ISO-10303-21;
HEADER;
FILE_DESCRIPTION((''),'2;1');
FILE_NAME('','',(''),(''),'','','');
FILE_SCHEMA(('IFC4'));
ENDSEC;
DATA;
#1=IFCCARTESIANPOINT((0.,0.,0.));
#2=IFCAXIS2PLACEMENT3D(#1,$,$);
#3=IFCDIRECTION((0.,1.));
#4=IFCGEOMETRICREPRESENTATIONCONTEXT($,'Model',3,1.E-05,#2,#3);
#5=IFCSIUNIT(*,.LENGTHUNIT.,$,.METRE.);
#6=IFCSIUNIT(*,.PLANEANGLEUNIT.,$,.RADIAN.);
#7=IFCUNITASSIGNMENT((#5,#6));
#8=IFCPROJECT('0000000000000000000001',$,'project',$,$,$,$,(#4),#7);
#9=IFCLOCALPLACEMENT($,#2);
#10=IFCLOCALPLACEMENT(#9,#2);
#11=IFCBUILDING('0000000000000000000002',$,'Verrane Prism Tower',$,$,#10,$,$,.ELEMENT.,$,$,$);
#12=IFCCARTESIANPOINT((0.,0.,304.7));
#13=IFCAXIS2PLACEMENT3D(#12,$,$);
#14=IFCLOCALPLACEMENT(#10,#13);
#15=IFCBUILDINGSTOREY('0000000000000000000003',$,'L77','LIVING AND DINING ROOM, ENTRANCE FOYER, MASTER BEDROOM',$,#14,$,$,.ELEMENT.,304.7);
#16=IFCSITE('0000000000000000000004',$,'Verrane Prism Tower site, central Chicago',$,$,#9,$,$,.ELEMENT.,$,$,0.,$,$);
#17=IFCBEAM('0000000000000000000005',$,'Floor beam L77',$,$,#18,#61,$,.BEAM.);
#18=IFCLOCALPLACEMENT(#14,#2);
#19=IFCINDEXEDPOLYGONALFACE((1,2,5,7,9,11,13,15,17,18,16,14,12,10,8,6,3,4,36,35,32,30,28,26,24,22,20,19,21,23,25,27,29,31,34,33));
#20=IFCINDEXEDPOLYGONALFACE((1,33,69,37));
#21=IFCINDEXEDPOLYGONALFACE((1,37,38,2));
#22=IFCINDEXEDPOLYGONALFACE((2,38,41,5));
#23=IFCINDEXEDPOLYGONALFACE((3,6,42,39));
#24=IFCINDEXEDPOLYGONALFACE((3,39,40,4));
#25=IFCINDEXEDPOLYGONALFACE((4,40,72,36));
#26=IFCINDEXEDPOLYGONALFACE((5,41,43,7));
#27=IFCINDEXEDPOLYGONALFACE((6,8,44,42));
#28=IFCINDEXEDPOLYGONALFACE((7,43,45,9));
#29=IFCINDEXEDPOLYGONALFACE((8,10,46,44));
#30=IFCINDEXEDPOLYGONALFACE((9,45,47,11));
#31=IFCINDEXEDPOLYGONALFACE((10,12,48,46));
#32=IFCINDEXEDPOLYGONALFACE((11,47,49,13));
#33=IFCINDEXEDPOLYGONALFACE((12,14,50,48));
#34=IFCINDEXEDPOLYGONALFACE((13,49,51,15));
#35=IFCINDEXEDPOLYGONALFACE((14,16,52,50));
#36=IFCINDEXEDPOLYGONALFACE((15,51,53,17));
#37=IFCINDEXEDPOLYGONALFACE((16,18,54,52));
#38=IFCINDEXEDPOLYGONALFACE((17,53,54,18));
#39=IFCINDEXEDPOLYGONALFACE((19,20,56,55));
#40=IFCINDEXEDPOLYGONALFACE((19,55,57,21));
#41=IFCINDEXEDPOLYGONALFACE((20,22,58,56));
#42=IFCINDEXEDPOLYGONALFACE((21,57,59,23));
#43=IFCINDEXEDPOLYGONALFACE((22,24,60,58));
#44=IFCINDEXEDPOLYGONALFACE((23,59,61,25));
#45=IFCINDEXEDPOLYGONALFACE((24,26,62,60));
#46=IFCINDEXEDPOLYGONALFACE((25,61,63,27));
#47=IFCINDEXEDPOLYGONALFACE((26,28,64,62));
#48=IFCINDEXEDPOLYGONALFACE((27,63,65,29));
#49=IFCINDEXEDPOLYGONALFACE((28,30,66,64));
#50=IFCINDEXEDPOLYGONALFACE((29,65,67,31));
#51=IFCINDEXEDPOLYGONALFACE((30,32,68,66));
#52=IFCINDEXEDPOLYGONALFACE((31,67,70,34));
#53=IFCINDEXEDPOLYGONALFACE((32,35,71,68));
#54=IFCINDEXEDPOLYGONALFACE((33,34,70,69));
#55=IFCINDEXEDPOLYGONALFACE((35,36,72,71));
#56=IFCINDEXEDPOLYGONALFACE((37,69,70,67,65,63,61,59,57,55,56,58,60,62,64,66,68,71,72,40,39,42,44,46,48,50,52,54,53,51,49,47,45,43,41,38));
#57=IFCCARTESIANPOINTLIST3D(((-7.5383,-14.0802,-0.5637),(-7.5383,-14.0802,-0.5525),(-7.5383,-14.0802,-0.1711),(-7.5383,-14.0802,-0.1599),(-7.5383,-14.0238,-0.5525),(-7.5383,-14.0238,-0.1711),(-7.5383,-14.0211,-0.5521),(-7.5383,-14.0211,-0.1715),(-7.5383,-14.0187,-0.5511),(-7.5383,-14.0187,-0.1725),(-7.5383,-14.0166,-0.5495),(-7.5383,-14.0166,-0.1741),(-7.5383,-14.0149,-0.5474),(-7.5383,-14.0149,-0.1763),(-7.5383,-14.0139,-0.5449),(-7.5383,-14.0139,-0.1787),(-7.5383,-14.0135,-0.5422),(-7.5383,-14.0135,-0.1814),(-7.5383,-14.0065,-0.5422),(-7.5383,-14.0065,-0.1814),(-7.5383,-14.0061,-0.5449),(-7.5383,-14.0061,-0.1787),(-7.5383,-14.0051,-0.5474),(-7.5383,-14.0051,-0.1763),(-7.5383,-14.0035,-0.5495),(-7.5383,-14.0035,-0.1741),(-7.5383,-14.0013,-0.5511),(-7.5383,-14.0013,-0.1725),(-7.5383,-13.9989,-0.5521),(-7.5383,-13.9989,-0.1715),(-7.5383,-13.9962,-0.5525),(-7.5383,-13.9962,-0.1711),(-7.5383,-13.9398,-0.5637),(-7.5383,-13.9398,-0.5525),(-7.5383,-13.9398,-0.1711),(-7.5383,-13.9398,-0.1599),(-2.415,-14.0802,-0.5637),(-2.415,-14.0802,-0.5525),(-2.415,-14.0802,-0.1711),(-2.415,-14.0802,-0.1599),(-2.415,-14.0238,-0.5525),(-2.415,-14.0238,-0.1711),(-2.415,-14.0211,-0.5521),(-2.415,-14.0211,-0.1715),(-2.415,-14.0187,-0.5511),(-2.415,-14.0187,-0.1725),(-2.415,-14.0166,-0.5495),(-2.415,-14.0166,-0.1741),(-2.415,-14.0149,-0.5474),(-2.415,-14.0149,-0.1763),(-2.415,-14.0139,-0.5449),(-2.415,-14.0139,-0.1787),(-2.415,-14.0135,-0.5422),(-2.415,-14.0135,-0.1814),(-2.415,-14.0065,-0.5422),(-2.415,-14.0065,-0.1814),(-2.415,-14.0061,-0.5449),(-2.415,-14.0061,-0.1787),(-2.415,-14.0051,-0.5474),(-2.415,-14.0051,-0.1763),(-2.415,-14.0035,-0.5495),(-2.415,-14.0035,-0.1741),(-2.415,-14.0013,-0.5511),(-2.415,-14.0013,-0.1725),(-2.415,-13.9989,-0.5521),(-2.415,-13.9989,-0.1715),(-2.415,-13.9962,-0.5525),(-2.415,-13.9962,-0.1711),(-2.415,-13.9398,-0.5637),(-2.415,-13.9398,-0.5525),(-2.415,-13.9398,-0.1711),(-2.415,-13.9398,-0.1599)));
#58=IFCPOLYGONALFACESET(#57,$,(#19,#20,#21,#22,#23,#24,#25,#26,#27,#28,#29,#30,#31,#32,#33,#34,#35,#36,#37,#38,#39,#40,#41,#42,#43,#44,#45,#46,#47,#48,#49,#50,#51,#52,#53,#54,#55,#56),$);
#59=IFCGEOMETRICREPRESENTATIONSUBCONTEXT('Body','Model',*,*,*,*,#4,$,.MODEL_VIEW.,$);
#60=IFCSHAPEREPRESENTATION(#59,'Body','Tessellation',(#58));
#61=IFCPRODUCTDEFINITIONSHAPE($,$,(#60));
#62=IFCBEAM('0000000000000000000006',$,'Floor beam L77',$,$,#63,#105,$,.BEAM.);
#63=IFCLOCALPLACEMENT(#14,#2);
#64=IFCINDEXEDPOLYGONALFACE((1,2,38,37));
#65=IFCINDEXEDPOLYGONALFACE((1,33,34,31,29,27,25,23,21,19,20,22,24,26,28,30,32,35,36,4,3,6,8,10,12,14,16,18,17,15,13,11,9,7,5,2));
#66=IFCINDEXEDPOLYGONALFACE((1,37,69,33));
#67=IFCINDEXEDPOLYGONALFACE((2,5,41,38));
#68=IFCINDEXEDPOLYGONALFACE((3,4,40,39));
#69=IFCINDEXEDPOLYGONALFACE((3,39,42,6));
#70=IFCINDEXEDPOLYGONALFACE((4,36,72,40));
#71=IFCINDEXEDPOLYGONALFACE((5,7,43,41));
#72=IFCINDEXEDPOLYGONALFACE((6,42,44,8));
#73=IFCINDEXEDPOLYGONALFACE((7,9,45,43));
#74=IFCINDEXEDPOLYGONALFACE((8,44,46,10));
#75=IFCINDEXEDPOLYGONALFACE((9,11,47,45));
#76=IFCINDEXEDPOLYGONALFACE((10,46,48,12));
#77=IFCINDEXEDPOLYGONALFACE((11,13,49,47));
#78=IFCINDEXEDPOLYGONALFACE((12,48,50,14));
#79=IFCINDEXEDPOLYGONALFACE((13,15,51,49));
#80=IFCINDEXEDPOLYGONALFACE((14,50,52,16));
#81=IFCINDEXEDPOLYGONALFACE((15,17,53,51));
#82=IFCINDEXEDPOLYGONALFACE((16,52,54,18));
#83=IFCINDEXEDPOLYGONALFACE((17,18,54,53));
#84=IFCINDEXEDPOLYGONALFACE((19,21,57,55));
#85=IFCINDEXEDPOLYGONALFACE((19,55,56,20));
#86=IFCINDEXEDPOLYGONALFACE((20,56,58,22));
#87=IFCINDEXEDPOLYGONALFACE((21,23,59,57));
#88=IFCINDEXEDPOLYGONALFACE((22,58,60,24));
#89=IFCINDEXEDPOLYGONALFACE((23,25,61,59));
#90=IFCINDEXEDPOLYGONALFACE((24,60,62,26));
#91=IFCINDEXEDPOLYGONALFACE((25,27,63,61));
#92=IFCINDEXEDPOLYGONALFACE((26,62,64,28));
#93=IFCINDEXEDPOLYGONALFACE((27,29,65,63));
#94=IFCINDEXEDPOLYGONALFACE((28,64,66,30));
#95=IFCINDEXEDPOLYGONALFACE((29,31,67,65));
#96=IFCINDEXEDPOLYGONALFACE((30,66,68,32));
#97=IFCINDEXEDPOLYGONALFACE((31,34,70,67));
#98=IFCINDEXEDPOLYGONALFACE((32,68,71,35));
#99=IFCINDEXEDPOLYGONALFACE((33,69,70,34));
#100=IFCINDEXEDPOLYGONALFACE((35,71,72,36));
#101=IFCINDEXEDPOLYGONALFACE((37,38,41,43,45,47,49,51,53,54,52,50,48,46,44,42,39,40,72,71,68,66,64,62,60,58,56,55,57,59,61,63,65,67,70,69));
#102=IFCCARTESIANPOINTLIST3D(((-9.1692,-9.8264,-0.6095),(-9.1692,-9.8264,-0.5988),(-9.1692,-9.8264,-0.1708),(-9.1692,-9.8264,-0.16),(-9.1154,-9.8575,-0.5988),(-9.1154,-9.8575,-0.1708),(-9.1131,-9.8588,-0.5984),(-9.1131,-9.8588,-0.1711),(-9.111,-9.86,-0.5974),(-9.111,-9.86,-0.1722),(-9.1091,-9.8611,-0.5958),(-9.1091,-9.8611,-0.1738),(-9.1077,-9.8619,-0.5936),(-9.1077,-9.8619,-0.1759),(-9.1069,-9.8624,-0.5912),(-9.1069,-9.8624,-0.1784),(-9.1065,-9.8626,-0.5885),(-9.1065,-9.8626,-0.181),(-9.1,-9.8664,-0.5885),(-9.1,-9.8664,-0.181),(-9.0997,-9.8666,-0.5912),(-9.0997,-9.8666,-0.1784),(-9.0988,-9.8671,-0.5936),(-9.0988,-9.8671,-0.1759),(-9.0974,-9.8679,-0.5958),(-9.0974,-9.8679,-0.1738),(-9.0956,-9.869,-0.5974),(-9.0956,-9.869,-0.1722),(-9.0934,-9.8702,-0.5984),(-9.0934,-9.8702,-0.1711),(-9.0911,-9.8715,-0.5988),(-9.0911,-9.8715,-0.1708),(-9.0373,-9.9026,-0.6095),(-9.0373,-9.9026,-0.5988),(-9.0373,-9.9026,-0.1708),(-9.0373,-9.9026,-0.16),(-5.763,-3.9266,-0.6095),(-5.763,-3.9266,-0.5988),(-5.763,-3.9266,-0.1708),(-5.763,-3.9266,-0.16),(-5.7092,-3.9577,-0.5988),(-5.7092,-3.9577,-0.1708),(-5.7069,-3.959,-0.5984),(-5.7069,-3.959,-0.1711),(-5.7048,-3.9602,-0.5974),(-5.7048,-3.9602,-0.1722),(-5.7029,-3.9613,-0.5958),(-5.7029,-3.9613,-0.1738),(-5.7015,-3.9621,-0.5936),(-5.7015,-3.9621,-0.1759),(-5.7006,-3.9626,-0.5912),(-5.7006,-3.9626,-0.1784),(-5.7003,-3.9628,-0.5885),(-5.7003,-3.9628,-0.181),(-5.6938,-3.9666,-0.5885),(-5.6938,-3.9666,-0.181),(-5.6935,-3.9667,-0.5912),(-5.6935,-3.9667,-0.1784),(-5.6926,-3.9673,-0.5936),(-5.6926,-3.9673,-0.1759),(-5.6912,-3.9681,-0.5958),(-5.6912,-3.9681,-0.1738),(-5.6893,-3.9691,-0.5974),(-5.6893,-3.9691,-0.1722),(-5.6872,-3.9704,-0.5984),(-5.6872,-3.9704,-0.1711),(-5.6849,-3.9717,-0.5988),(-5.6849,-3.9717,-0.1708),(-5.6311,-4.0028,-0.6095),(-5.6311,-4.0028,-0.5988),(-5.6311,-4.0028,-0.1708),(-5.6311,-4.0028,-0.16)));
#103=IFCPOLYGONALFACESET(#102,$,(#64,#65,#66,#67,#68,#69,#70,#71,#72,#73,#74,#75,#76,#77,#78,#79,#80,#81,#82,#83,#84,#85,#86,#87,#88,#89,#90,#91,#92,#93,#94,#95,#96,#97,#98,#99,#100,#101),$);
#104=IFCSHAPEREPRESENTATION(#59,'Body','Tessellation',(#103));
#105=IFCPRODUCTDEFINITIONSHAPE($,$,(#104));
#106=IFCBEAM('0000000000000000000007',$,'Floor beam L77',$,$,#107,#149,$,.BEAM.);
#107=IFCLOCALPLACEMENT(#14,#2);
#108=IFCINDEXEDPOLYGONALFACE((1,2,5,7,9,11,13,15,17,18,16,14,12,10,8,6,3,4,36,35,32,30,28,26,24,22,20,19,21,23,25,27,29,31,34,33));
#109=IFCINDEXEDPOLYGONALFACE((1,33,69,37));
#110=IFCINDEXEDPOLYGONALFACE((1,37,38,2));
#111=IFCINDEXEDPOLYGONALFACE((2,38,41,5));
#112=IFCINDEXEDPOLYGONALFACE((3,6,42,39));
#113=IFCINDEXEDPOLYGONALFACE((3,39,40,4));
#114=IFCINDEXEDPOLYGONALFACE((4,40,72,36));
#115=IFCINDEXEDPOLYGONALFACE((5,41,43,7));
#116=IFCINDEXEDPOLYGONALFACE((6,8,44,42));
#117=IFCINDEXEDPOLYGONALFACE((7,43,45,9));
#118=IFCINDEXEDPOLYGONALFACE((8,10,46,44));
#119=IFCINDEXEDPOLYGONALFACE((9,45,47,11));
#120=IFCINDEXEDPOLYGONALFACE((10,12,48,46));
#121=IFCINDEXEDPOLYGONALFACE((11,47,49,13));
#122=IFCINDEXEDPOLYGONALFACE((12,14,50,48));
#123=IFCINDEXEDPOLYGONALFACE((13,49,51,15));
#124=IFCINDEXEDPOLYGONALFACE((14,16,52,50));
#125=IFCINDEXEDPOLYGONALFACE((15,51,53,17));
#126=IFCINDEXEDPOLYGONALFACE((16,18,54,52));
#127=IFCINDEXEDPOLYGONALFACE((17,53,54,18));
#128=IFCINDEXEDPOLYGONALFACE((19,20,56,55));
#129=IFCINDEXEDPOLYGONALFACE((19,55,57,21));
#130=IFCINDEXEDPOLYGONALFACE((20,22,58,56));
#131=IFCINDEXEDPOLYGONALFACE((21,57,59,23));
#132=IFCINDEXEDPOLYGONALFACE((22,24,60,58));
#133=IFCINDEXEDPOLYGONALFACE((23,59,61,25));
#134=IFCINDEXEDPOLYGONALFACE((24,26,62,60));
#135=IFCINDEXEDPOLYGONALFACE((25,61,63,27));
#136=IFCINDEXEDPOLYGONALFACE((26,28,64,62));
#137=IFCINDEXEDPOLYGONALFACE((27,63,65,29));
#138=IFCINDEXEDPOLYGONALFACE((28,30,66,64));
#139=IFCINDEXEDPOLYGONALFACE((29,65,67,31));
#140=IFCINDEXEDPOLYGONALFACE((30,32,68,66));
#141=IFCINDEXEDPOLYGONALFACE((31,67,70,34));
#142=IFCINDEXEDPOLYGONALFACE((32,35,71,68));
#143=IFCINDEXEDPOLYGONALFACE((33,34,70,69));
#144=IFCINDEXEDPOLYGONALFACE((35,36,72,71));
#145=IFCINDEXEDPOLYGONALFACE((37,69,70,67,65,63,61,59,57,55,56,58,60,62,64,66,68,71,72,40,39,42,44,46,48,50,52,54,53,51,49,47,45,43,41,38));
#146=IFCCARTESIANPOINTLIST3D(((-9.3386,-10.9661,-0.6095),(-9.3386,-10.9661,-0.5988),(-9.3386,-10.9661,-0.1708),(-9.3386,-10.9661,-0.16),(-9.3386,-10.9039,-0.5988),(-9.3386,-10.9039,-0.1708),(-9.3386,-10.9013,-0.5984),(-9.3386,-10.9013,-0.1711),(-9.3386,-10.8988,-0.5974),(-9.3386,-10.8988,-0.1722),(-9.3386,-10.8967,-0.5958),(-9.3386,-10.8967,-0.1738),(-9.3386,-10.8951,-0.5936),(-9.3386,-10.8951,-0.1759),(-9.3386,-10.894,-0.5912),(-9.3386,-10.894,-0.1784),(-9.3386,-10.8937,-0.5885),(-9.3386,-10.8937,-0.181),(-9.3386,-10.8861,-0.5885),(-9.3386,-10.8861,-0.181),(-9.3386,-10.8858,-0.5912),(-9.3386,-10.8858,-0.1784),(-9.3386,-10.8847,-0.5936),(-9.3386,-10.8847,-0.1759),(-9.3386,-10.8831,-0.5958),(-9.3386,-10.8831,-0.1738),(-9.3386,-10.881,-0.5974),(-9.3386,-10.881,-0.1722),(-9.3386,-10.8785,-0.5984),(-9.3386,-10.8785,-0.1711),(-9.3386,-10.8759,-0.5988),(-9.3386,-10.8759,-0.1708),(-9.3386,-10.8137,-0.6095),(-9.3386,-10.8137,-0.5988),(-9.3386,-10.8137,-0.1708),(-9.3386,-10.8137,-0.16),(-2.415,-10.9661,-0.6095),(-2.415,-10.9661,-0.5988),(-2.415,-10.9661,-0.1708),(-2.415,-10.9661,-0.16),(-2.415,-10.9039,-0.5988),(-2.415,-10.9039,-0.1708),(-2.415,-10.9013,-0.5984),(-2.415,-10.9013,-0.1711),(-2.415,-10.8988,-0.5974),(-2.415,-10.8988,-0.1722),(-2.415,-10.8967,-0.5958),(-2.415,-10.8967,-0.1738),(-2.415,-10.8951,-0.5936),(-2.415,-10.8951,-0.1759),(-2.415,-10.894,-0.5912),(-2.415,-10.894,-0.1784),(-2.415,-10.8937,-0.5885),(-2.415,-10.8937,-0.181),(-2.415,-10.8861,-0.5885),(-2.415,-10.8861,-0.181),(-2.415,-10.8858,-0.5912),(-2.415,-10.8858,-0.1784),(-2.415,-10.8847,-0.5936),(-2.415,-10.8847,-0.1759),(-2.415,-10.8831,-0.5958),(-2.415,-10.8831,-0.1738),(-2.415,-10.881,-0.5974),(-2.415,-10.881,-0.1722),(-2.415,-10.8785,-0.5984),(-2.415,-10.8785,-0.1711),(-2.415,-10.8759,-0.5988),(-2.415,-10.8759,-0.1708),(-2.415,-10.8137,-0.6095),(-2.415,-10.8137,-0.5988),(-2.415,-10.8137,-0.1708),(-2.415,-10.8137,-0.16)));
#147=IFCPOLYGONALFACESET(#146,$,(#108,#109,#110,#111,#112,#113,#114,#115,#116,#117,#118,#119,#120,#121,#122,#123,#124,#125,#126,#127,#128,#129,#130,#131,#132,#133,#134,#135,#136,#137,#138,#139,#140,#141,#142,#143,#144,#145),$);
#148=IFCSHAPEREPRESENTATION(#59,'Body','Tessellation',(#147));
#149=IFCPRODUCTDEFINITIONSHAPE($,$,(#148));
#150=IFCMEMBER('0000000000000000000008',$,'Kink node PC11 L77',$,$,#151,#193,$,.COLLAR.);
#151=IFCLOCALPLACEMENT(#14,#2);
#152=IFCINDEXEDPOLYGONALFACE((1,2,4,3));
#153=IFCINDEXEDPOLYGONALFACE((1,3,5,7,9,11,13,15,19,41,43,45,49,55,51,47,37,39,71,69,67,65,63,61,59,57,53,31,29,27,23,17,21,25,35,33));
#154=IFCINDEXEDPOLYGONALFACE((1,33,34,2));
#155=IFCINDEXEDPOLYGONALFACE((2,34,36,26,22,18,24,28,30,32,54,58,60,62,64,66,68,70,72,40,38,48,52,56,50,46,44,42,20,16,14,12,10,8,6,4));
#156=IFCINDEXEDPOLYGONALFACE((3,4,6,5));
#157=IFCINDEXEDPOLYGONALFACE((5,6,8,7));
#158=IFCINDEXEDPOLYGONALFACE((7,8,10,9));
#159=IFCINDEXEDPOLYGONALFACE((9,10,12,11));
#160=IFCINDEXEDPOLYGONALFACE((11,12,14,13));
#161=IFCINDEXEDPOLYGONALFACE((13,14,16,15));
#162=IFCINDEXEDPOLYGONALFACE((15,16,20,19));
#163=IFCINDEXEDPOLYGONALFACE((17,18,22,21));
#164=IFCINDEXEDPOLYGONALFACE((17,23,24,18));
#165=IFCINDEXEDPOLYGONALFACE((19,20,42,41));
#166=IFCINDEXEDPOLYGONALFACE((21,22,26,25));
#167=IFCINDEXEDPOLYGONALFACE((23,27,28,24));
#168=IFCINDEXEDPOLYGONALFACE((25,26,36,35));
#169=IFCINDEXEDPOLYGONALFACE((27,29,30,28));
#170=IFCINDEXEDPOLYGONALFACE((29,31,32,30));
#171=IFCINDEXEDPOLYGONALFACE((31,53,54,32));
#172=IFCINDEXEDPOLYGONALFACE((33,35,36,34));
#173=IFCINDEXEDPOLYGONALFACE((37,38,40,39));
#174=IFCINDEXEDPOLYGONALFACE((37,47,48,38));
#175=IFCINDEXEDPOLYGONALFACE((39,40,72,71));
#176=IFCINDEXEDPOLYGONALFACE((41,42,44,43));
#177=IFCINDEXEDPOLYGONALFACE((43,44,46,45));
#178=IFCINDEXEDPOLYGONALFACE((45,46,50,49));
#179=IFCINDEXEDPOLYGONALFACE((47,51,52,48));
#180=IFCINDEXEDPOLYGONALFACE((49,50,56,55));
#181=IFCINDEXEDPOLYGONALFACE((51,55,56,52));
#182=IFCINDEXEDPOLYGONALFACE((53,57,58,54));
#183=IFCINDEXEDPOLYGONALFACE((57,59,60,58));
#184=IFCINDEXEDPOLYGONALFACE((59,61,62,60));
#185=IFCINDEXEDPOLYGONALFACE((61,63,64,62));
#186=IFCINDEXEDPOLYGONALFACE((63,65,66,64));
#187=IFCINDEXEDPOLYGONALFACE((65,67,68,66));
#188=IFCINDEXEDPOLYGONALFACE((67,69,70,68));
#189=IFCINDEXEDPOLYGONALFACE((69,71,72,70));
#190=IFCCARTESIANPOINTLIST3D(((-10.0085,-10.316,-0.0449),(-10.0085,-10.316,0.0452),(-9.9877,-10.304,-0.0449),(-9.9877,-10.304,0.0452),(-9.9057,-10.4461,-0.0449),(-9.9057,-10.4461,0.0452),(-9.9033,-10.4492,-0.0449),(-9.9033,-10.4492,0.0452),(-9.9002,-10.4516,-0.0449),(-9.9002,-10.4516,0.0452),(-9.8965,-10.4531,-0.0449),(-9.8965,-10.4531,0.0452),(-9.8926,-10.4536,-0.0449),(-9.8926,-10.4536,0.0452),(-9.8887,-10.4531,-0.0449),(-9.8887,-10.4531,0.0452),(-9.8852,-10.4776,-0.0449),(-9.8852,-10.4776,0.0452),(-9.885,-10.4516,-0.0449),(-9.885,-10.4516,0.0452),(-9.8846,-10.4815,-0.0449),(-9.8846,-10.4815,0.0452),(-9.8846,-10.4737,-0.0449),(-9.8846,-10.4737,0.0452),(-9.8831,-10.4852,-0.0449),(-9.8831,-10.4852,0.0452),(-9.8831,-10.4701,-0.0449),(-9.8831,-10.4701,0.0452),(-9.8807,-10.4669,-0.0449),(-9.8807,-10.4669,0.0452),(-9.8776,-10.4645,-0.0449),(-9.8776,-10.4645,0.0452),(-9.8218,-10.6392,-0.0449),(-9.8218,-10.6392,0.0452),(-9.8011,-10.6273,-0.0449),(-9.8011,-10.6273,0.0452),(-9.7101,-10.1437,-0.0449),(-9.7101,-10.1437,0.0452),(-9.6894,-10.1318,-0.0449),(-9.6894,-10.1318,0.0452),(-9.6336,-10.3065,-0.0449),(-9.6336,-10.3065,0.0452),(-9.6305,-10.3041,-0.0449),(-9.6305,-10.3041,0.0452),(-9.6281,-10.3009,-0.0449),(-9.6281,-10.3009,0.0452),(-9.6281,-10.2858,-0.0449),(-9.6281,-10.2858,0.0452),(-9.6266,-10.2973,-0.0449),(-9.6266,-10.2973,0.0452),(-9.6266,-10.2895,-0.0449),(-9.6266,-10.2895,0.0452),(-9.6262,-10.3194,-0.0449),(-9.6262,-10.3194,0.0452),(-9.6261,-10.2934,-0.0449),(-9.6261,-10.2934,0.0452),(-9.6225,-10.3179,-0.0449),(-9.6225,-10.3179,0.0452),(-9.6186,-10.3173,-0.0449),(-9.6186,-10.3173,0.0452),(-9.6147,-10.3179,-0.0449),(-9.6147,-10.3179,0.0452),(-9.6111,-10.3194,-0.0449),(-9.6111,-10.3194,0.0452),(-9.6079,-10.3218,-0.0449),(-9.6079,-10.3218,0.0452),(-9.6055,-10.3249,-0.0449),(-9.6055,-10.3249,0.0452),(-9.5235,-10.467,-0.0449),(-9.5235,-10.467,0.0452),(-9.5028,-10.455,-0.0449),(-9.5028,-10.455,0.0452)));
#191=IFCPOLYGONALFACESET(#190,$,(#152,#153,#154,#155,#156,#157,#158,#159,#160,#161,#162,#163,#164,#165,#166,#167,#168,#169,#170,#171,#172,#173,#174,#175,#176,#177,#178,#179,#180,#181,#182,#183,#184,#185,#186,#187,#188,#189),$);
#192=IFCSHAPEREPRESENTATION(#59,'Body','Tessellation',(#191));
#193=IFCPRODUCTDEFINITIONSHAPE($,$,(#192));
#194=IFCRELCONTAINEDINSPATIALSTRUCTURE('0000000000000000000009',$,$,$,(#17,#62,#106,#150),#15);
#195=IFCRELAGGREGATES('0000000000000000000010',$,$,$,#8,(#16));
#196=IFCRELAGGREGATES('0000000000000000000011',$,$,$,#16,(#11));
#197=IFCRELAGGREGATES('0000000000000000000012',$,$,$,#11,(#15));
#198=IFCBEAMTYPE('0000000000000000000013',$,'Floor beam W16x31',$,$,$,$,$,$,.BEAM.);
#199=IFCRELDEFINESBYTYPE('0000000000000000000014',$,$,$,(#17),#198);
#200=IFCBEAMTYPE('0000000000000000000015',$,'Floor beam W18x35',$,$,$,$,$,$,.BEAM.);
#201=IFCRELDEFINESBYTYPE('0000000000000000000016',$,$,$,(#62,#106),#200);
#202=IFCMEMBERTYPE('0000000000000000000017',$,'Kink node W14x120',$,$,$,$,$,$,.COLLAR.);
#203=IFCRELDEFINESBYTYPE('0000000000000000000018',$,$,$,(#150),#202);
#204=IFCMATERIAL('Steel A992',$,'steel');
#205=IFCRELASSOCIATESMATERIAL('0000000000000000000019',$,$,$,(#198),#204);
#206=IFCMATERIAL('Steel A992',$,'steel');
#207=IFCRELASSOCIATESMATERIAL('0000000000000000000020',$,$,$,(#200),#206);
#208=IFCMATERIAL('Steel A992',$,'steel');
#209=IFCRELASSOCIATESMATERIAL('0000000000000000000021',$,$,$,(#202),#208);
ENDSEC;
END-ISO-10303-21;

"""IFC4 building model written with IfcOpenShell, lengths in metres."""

from ifc_helpers import new_model, si_unit, direction, frame, origin, origin_2d, place, context, subcontext, project, spatial, i_section, extrude, material, material_profile, profile_set, type_object, element, save


model = new_model("IFC4")

# Units and contexts
model_context = context("Model", 3, precision=1e-05, world=origin(), true_north=direction((0.0, 1.0)))
body_context = subcontext(model_context, "Body", "Model", "MODEL_VIEW")
ifc_project = project(units=[si_unit("LENGTHUNIT", "METRE"), si_unit("PLANEANGLEUNIT", "RADIAN")], contexts=[model_context])

# Site, building, storey
site_placement = place(None, origin())
site = spatial("IfcSite", under=ifc_project, at=site_placement, Name="Verrane Prism Tower site, central Chicago", CompositionType="ELEMENT", RefElevation=0.0)
building_placement = place(site_placement, origin())
building = spatial("IfcBuilding", under=site, at=building_placement, Name="Verrane Prism Tower", CompositionType="ELEMENT")
storey_placement = place(building_placement, frame((0.0, 0.0, 304.7)))
storey = spatial("IfcBuildingStorey", under=building, at=storey_placement, Name="L77", Description="LIVING AND DINING ROOM, ENTRANCE FOYER, MASTER BEDROOM", CompositionType="ELEMENT", Elevation=304.7)

# Beams
ifc_material_1 = material(Name="Steel A992", Category="steel")
ifc_material_profile_1 = material_profile(ifc_material_1, i_section(OverallWidth=0.1404, OverallDepth=0.4038, WebThickness=0.0071, FlangeThickness=0.0112, FilletRadius=0.0103, at=origin_2d()), Name="W16x31")
ifc_profile_set_1 = profile_set([ifc_material_profile_1], Name="Steel A992")
beam_type_1 = type_object("IfcBeamType", Name="Floor beam W16x31", PredefinedType="BEAM", material=ifc_profile_set_1)
beam_1_placement = place(storey_placement, frame((-7.5383, -14.01, -0.3618), z_axis=(1.0, 0.0, 0.0), x_axis=(0.0, 1.0, 0.0)))
element("IfcBeam", 1, at=beam_1_placement, inside=storey, type_object=beam_type_1, Name="Floor beam L77", PredefinedType="BEAM", context=body_context, shape_type="SweptSolid", body=[
    extrude(i_section(OverallWidth=0.1404, OverallDepth=0.4038, WebThickness=0.0071, FlangeThickness=0.0112, FilletRadius=0.0103, at=origin_2d()), origin(), (0.0, 0.0, 1.0), 5.1233),
])
ifc_material_2 = material(Name="Steel A992", Category="steel")
ifc_material_profile_2 = material_profile(ifc_material_2, i_section(OverallWidth=0.1523, OverallDepth=0.4495, WebThickness=0.0076, FlangeThickness=0.0107, FilletRadius=0.0103, at=origin_2d()), Name="W18x35")
ifc_profile_set_2 = profile_set([ifc_material_profile_2], Name="Steel A992")
beam_type_2 = type_object("IfcBeamType", Name="Floor beam W18x35", PredefinedType="BEAM", material=ifc_profile_set_2)
beam_2_placement = place(storey_placement, frame((-9.1033, -9.8645, -0.3848), z_axis=(0.499993, 0.866029, 0.0), x_axis=(-0.866029, 0.499993, 0.0)))
element("IfcBeam", 2, at=beam_2_placement, inside=storey, type_object=beam_type_2, Name="Floor beam L77", PredefinedType="BEAM", context=body_context, shape_type="SweptSolid", body=[
    extrude(i_section(OverallWidth=0.1523, OverallDepth=0.4495, WebThickness=0.0076, FlangeThickness=0.0107, FilletRadius=0.0103, at=origin_2d()), origin(), (0.0, 0.0, 1.0), 6.8125),
])
beam_3_placement = place(storey_placement, frame((-9.3386, -10.8899, -0.3848), z_axis=(1.0, 0.0, 0.0), x_axis=(0.0, 1.0, 0.0)))
element("IfcBeam", 3, at=beam_3_placement, inside=storey, type_object=beam_type_2, Name="Floor beam L77", PredefinedType="BEAM", context=body_context, shape_type="SweptSolid", body=[
    extrude(i_section(OverallWidth=0.1523, OverallDepth=0.4495, WebThickness=0.0076, FlangeThickness=0.0107, FilletRadius=0.0103, at=origin_2d()), origin(), (0.0, 0.0, 1.0), 6.9236),
])

# Member
ifc_material_3 = material(Name="Steel A992", Category="steel")
ifc_material_profile_3 = material_profile(ifc_material_3, i_section(OverallWidth=0.3733, OverallDepth=0.3684, WebThickness=0.0149, FlangeThickness=0.0239, FilletRadius=0.0151, at=origin_2d()), Name="W14x120")
ifc_profile_set_3 = profile_set([ifc_material_profile_3], Name="Steel A992")
member_type_1 = type_object("IfcMemberType", Name="Kink node W14x120", PredefinedType="COLLAR", material=ifc_profile_set_3)
member_1_placement = place(storey_placement, frame((-9.7556, -10.3855, -0.0449), z_axis=(0.0, 0.0, 1.0), x_axis=(-0.5, 0.866025, 0.0)))
element("IfcMember", 4, at=member_1_placement, inside=storey, type_object=member_type_1, Name="Kink node PC11 L77", PredefinedType="COLLAR", context=body_context, shape_type="SweptSolid", body=[
    extrude(i_section(OverallWidth=0.3733, OverallDepth=0.3684, WebThickness=0.0149, FlangeThickness=0.0239, FilletRadius=0.0151, at=origin_2d()), origin(), (0.0, 0.0, 1.0), 0.0901),
])

save(model, "model.ifc")
